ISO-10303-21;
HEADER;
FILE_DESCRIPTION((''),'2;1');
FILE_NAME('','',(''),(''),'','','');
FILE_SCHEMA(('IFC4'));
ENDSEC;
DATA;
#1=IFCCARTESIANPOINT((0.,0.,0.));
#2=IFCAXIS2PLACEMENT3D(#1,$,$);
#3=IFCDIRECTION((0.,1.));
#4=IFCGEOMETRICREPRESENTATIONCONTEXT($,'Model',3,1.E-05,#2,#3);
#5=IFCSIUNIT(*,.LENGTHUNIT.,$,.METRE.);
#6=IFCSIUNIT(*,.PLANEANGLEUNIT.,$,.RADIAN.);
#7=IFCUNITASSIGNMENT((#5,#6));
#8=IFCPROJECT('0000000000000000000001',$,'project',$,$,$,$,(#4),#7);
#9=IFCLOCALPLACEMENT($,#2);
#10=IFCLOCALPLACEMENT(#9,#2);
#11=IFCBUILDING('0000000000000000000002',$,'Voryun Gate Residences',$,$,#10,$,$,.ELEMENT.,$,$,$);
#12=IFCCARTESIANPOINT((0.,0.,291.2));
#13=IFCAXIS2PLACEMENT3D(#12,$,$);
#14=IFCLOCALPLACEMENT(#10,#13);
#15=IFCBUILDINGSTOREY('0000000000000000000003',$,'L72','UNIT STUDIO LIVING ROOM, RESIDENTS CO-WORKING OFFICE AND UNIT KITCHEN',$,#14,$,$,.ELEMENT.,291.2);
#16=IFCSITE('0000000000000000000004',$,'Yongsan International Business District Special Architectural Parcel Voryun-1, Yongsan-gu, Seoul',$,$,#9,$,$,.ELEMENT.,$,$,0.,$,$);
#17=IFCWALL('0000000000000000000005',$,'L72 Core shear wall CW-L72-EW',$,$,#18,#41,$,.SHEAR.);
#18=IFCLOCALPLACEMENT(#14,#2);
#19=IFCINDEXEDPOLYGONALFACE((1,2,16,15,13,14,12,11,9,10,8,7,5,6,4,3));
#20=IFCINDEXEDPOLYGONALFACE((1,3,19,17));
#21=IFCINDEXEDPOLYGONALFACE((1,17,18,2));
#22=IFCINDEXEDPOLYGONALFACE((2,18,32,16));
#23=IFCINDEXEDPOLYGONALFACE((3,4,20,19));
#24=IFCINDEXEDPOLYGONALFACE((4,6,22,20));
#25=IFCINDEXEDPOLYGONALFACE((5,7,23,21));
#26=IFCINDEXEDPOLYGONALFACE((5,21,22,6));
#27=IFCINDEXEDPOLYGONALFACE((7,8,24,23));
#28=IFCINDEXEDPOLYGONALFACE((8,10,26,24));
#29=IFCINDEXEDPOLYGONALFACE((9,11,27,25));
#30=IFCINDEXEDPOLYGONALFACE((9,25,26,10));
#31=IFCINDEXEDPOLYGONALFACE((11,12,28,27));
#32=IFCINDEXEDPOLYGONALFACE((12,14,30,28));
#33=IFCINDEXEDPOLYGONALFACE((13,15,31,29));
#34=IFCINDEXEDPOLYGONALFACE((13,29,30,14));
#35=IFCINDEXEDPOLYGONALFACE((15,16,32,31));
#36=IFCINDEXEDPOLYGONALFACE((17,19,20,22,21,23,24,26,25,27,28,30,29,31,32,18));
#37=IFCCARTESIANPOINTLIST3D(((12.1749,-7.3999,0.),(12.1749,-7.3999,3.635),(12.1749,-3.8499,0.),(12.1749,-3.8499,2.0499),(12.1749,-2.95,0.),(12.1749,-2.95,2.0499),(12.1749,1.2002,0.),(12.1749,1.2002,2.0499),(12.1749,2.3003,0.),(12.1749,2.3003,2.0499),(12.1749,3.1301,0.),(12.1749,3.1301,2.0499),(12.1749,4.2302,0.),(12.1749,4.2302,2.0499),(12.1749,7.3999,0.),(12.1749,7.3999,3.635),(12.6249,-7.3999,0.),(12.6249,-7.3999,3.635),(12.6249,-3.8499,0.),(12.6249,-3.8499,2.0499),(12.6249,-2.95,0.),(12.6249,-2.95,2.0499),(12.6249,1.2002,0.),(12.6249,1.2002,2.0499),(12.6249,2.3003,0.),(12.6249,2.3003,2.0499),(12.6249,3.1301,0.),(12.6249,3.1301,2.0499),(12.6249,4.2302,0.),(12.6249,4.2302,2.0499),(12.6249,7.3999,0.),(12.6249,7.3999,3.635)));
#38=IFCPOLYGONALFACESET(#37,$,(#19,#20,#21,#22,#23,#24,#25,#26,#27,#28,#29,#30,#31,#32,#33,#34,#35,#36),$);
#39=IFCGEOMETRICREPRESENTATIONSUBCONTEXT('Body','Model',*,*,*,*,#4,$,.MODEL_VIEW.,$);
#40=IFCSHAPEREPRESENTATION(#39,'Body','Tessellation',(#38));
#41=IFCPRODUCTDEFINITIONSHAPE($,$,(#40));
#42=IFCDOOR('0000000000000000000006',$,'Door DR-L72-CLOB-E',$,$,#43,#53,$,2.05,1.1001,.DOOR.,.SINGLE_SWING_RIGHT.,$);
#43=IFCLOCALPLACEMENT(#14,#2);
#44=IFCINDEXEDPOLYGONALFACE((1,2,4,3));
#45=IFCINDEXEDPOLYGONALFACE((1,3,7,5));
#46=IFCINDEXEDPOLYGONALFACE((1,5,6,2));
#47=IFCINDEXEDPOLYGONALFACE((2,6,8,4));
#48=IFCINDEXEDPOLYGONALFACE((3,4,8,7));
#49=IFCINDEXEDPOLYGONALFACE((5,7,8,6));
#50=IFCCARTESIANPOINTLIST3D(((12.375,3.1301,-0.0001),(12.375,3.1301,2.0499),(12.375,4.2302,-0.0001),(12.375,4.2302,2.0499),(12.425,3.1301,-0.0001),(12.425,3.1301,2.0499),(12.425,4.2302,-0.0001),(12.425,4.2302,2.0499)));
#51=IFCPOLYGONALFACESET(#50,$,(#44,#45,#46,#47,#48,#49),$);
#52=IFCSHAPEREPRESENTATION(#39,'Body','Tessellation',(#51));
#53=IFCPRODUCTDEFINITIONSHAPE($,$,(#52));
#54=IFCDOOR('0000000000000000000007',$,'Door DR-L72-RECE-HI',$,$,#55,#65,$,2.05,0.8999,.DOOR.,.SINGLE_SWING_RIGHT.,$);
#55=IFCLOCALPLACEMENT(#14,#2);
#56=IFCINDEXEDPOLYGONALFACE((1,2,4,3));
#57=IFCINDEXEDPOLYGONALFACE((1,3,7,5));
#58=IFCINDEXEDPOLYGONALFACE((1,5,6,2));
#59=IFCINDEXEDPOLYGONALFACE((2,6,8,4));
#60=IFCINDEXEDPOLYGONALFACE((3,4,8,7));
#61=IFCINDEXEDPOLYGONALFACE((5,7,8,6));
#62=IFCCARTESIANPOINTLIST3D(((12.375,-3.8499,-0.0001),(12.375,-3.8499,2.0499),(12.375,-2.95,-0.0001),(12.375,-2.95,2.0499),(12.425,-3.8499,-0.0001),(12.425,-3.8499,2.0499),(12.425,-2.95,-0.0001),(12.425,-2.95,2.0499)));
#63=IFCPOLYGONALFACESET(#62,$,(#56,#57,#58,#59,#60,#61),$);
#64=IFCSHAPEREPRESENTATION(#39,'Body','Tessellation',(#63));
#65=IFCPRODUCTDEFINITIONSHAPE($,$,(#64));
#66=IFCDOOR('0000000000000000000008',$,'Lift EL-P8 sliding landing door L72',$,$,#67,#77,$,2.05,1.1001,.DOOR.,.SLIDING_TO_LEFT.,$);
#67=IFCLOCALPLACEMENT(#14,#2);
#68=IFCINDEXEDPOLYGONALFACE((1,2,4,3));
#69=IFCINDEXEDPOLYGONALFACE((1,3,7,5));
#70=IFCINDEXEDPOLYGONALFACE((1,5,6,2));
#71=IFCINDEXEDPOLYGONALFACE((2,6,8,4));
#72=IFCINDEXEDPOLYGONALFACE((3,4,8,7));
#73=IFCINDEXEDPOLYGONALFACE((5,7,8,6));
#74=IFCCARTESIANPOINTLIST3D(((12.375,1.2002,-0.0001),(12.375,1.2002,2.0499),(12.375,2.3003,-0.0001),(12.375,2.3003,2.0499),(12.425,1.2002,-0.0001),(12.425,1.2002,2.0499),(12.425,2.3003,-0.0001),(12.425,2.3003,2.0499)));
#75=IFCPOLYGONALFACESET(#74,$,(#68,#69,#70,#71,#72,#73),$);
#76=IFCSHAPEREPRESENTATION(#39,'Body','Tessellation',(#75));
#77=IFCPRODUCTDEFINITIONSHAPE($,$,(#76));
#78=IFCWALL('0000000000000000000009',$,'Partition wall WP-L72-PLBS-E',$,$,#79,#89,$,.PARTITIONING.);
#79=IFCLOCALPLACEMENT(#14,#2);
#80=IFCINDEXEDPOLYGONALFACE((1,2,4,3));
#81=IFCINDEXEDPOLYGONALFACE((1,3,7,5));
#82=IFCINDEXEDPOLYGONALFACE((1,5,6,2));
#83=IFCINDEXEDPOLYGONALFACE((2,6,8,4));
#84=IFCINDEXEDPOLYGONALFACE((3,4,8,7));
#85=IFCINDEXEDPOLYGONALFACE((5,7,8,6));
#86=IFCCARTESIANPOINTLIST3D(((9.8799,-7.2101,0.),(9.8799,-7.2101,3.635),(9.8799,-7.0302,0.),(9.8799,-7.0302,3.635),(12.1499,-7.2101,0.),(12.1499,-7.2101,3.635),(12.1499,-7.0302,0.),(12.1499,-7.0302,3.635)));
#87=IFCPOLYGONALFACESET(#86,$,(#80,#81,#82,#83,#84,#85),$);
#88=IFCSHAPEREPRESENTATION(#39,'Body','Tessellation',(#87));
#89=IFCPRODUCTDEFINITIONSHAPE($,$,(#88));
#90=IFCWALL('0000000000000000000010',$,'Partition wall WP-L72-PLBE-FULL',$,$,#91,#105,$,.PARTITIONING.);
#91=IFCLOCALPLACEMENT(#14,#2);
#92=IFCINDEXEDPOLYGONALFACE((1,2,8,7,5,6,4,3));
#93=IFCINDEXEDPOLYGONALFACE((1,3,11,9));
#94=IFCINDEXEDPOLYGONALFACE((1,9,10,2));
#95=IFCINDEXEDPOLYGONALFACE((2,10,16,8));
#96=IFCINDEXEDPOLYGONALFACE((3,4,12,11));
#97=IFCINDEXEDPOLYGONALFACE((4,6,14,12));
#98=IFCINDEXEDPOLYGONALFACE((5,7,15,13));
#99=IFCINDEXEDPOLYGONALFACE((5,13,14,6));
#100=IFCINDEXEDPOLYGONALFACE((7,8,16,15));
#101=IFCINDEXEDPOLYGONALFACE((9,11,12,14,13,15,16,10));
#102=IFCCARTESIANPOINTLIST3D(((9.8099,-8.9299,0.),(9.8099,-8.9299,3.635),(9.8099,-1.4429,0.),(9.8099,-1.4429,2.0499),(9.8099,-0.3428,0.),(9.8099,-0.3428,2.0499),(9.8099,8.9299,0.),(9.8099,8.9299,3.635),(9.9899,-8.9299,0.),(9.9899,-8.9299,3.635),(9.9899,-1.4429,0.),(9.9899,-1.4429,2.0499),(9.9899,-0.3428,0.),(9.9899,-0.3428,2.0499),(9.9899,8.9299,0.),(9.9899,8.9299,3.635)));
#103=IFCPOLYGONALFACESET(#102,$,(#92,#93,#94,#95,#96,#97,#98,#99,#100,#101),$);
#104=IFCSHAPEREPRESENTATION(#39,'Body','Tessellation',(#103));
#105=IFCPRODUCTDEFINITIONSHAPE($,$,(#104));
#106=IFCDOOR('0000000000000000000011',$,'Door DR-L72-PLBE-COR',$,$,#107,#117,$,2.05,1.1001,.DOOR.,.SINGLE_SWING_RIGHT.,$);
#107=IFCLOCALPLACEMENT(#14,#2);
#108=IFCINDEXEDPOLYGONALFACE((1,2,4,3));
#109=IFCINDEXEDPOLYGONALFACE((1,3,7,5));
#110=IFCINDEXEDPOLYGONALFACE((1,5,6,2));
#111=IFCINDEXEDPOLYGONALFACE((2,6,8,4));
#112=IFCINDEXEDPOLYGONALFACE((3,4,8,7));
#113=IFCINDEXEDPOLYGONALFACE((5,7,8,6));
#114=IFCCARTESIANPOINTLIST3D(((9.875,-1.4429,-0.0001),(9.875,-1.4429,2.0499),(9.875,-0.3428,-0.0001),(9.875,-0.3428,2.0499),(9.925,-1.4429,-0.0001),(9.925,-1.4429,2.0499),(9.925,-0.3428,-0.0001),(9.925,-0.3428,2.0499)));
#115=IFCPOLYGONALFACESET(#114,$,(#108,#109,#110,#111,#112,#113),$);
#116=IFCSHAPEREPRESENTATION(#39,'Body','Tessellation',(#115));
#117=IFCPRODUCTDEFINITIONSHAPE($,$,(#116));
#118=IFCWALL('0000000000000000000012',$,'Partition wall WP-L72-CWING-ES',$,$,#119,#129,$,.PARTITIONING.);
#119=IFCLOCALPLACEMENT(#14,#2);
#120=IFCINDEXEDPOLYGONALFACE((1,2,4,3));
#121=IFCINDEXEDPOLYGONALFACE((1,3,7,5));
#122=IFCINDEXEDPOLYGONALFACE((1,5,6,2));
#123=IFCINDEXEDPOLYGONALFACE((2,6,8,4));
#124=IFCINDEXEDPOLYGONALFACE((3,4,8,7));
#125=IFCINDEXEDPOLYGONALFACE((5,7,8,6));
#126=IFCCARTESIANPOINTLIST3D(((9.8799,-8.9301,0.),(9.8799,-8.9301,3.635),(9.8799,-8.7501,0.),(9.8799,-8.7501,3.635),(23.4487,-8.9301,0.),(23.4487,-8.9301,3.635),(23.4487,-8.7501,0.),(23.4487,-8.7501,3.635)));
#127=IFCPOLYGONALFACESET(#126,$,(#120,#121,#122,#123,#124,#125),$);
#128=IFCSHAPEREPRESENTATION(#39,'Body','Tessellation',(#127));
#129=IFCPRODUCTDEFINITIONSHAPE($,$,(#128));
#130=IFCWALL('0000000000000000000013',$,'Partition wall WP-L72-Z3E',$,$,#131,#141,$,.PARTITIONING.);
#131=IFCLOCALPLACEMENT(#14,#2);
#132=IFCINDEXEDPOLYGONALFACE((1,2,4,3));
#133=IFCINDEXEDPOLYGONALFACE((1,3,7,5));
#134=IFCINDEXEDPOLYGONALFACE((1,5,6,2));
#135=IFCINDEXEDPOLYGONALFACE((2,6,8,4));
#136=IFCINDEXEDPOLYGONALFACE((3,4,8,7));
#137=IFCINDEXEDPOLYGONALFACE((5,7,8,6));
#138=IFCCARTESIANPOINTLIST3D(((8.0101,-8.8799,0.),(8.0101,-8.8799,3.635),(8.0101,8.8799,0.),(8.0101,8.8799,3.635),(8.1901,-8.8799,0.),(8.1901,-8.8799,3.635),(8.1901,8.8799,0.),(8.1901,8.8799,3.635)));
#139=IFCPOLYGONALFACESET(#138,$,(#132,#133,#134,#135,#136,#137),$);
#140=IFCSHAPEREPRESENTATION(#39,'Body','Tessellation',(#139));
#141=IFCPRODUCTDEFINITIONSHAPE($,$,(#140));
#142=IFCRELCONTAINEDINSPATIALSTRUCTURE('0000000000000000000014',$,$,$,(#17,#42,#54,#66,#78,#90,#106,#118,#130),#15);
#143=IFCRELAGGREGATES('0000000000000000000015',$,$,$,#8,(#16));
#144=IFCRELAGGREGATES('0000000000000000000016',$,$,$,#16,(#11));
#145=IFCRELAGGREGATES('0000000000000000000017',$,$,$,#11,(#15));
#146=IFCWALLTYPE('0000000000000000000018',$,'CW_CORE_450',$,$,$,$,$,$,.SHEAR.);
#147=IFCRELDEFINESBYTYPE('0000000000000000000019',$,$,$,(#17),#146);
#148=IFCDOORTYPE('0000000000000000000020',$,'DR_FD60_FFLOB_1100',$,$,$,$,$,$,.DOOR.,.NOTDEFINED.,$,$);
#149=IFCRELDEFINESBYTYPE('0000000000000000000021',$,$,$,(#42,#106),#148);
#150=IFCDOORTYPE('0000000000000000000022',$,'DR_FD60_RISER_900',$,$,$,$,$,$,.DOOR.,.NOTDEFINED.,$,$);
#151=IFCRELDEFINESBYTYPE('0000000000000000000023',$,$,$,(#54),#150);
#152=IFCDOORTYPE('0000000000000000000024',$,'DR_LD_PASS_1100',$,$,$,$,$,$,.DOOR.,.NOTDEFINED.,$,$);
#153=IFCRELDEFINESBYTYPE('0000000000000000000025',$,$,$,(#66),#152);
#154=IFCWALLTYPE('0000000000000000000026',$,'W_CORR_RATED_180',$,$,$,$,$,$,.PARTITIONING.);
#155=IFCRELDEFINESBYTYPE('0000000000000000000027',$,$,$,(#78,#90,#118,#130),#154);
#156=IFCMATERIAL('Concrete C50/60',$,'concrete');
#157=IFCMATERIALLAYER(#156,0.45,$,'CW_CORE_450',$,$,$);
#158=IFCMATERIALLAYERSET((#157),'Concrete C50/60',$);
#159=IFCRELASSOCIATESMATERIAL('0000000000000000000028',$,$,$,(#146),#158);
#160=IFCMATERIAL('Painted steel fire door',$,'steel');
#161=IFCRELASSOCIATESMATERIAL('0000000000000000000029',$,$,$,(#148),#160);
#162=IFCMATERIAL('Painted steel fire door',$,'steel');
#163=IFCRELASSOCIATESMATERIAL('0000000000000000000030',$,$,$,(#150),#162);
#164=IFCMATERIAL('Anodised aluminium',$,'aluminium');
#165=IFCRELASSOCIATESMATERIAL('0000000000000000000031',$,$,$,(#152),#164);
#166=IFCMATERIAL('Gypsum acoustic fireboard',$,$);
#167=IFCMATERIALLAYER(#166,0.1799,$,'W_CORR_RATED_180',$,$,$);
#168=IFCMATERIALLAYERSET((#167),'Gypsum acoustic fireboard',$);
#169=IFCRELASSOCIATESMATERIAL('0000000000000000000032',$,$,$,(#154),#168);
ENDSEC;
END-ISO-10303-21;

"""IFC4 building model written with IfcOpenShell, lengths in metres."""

from ifc_helpers import new_model, si_unit, direction, frame, frame_2d, origin, place, context, subcontext, project, spatial, rectangle, extrude, material, layer, layer_set, type_object, element, fill, save


model = new_model("IFC4")

# Units and contexts
model_context = context("Model", 3, precision=1e-05, world=origin(), true_north=direction((0.0, 1.0)))
body_context = subcontext(model_context, "Body", "Model", "MODEL_VIEW")
ifc_project = project(units=[si_unit("LENGTHUNIT", "METRE"), si_unit("PLANEANGLEUNIT", "RADIAN")], contexts=[model_context])

# Site, building, storey
site_placement = place(None, origin())
site = spatial("IfcSite", under=ifc_project, at=site_placement, Name="Yongsan International Business District Special Architectural Parcel Voryun-1, Yongsan-gu, Seoul", CompositionType="ELEMENT", RefElevation=0.0)
building_placement = place(site_placement, origin())
building = spatial("IfcBuilding", under=site, at=building_placement, Name="Voryun Gate Residences", CompositionType="ELEMENT")
storey_placement = place(building_placement, frame((0.0, 0.0, 291.2)))
storey = spatial("IfcBuildingStorey", under=building, at=storey_placement, Name="L72", Description="UNIT STUDIO LIVING ROOM, RESIDENTS CO-WORKING OFFICE AND UNIT KITCHEN", CompositionType="ELEMENT", Elevation=291.2)

# Shared definitions
ifc_material_1 = material(Name="Concrete C50/60", Category="concrete")
ifc_layer_1 = layer(ifc_material_1, 0.45, Name="CW_CORE_450")
ifc_layer_set_1 = layer_set([ifc_layer_1], Name="Concrete C50/60")
wall_type_1 = type_object("IfcWallType", Name="CW_CORE_450", PredefinedType="SHEAR", material=ifc_layer_set_1)

# Wall, openings, doors
wall_1_placement = place(storey_placement, frame((12.3999, -7.3999, 0.0), z_axis=(0.0, 0.0, 1.0), x_axis=(0.0, 1.0, 0.0)))
wall_1 = element("IfcWall", 1, at=wall_1_placement, inside=storey, type_object=wall_type_1, Name="L72 Core shear wall CW-L72-EW", PredefinedType="SHEAR", context=body_context, shape_type="SweptSolid", body=[
    extrude(rectangle(XDim=14.7998, YDim=0.45, at=frame_2d((7.3999, 0.0))), origin(), (0.0, 0.0, 1.0), 3.635),
])
opening_1_placement = place(wall_1_placement, frame((8.6001, 0.0, 0.0)))
opening_1 = element("IfcOpeningElement", 2, at=opening_1_placement, cuts=wall_1, PredefinedType="OPENING", context=body_context, shape_type="SweptSolid", body=[
    extrude(rectangle(XDim=1.1001, YDim=2.05, at=frame_2d((0.55, 1.0249))), frame((0.0, 0.2351, 0.0), z_axis=(0.0, -1.0, 0.0), x_axis=(1.0, 0.0, 0.0)), (0.0, 0.0, 1.0), 0.47),
])
opening_2_placement = place(wall_1_placement, frame((10.53, 0.0, 0.0)))
opening_2 = element("IfcOpeningElement", 3, at=opening_2_placement, cuts=wall_1, PredefinedType="OPENING", context=body_context, shape_type="SweptSolid", body=[
    extrude(rectangle(XDim=1.1001, YDim=2.05, at=frame_2d((0.55, 1.0249))), frame((0.0, 0.2351, 0.0), z_axis=(0.0, -1.0, 0.0), x_axis=(1.0, 0.0, 0.0)), (0.0, 0.0, 1.0), 0.47),
])
opening_3_placement = place(wall_1_placement, frame((3.55, 0.0, 0.0)))
opening_3 = element("IfcOpeningElement", 4, at=opening_3_placement, cuts=wall_1, PredefinedType="OPENING", context=body_context, shape_type="SweptSolid", body=[
    extrude(rectangle(XDim=0.8999, YDim=2.05, at=frame_2d((0.45, 1.0249))), frame((0.0, 0.2351, 0.0), z_axis=(0.0, -1.0, 0.0), x_axis=(1.0, 0.0, 0.0)), (0.0, 0.0, 1.0), 0.47),
])
ifc_material_2 = material(Name="Painted steel fire door", Category="steel")
door_type_1 = type_object("IfcDoorType", Name="DR_FD60_FFLOB_1100", OperationType="NOTDEFINED", PredefinedType="DOOR", material=ifc_material_2)
door_1_placement = place(opening_2_placement, origin())
door_1 = element("IfcDoor", 5, at=door_1_placement, inside=storey, type_object=door_type_1, Name="Door DR-L72-CLOB-E", OperationType="SINGLE_SWING_RIGHT", OverallHeight=2.05, OverallWidth=1.1001, PredefinedType="DOOR", context=body_context, shape_type="SweptSolid", body=[
    extrude(rectangle(XDim=1.1001, YDim=2.05, at=frame_2d((0.55, 1.0249))), frame((0.0, 0.0249, 0.0), z_axis=(0.0, -1.0, 0.0), x_axis=(1.0, 0.0, 0.0)), (0.0, 0.0, 1.0), 0.05),
])
fill(opening_2, door_1)
ifc_material_3 = material(Name="Painted steel fire door", Category="steel")
door_type_2 = type_object("IfcDoorType", Name="DR_FD60_RISER_900", OperationType="NOTDEFINED", PredefinedType="DOOR", material=ifc_material_3)
door_2_placement = place(opening_3_placement, origin())
door_2 = element("IfcDoor", 6, at=door_2_placement, inside=storey, type_object=door_type_2, Name="Door DR-L72-RECE-HI", OperationType="SINGLE_SWING_RIGHT", OverallHeight=2.05, OverallWidth=0.8999, PredefinedType="DOOR", context=body_context, shape_type="SweptSolid", body=[
    extrude(rectangle(XDim=0.8999, YDim=2.05, at=frame_2d((0.45, 1.0249))), frame((0.0, 0.0249, 0.0), z_axis=(0.0, -1.0, 0.0), x_axis=(1.0, 0.0, 0.0)), (0.0, 0.0, 1.0), 0.05),
])
fill(opening_3, door_2)
ifc_material_4 = material(Name="Anodised aluminium", Category="aluminium")
door_type_3 = type_object("IfcDoorType", Name="DR_LD_PASS_1100", OperationType="NOTDEFINED", PredefinedType="DOOR", material=ifc_material_4)
door_3_placement = place(opening_1_placement, origin())
door_3 = element("IfcDoor", 7, at=door_3_placement, inside=storey, type_object=door_type_3, Name="Lift EL-P8 sliding landing door L72", OperationType="SLIDING_TO_LEFT", OverallHeight=2.05, OverallWidth=1.1001, PredefinedType="DOOR", context=body_context, shape_type="SweptSolid", body=[
    extrude(rectangle(XDim=1.1001, YDim=2.05, at=frame_2d((0.55, 1.0249))), frame((0.0, 0.0249, 0.0), z_axis=(0.0, -1.0, 0.0), x_axis=(1.0, 0.0, 0.0)), (0.0, 0.0, 1.0), 0.05),
])
fill(opening_1, door_3)

# Wall
ifc_material_5 = material(Name="Gypsum acoustic fireboard")
ifc_layer_2 = layer(ifc_material_5, 0.1799, Name="W_CORR_RATED_180")
ifc_layer_set_2 = layer_set([ifc_layer_2], Name="Gypsum acoustic fireboard")
wall_type_2 = type_object("IfcWallType", Name="W_CORR_RATED_180", PredefinedType="PARTITIONING", material=ifc_layer_set_2)
wall_2_placement = place(storey_placement, frame((9.8799, -7.1201, 0.0), z_axis=(0.0, 0.0, 1.0), x_axis=(1.0, 0.0, 0.0)))
element("IfcWall", 8, at=wall_2_placement, inside=storey, type_object=wall_type_2, Name="Partition wall WP-L72-PLBS-E", PredefinedType="PARTITIONING", context=body_context, shape_type="SweptSolid", body=[
    extrude(rectangle(XDim=2.27, YDim=0.1799, at=frame_2d((1.135, 0.0))), origin(), (0.0, 0.0, 1.0), 3.635),
])

# Wall, opening, door
wall_3_placement = place(storey_placement, frame((9.8999, -8.9299, 0.0), z_axis=(0.0, 0.0, 1.0), x_axis=(0.0, 1.0, 0.0)))
wall_3 = element("IfcWall", 9, at=wall_3_placement, inside=storey, type_object=wall_type_2, Name="Partition wall WP-L72-PLBE-FULL", PredefinedType="PARTITIONING", context=body_context, shape_type="SweptSolid", body=[
    extrude(rectangle(XDim=17.8599, YDim=0.1799, at=frame_2d((8.9299, 0.0))), origin(), (0.0, 0.0, 1.0), 3.635),
])
opening_4_placement = place(wall_3_placement, frame((7.4871, 0.0, 0.0)))
opening_4 = element("IfcOpeningElement", 10, at=opening_4_placement, cuts=wall_3, PredefinedType="OPENING", context=body_context, shape_type="SweptSolid", body=[
    extrude(rectangle(XDim=1.1001, YDim=2.05, at=frame_2d((0.55, 1.0249))), frame((0.0, 0.0999, 0.0), z_axis=(0.0, -1.0, 0.0), x_axis=(1.0, 0.0, 0.0)), (0.0, 0.0, 1.0), 0.2),
])
door_4_placement = place(opening_4_placement, origin())
door_4 = element("IfcDoor", 11, at=door_4_placement, inside=storey, type_object=door_type_1, Name="Door DR-L72-PLBE-COR", OperationType="SINGLE_SWING_RIGHT", OverallHeight=2.05, OverallWidth=1.1001, PredefinedType="DOOR", context=body_context, shape_type="SweptSolid", body=[
    extrude(rectangle(XDim=1.1001, YDim=2.05, at=frame_2d((0.55, 1.0249))), frame((0.0, 0.0249, 0.0), z_axis=(0.0, -1.0, 0.0), x_axis=(1.0, 0.0, 0.0)), (0.0, 0.0, 1.0), 0.05),
])
fill(opening_4, door_4)

# Walls
wall_4_placement = place(storey_placement, frame((9.8799, -8.8401, 0.0), z_axis=(0.0, 0.0, 1.0), x_axis=(1.0, 0.0, 0.0)))
element("IfcWall", 12, at=wall_4_placement, inside=storey, type_object=wall_type_2, Name="Partition wall WP-L72-CWING-ES", PredefinedType="PARTITIONING", context=body_context, shape_type="SweptSolid", body=[
    extrude(rectangle(XDim=13.5688, YDim=0.1799, at=frame_2d((6.7844, 0.0))), origin(), (0.0, 0.0, 1.0), 3.635),
])
wall_5_placement = place(storey_placement, frame((8.1001, -8.8799, 0.0), z_axis=(0.0, 0.0, 1.0), x_axis=(0.0, 1.0, 0.0)))
element("IfcWall", 13, at=wall_5_placement, inside=storey, type_object=wall_type_2, Name="Partition wall WP-L72-Z3E", PredefinedType="PARTITIONING", context=body_context, shape_type="SweptSolid", body=[
    extrude(rectangle(XDim=17.7598, YDim=0.1799, at=frame_2d((8.8799, 0.0))), origin(), (0.0, 0.0, 1.0), 3.635),
])

save(model, "model.ifc")
